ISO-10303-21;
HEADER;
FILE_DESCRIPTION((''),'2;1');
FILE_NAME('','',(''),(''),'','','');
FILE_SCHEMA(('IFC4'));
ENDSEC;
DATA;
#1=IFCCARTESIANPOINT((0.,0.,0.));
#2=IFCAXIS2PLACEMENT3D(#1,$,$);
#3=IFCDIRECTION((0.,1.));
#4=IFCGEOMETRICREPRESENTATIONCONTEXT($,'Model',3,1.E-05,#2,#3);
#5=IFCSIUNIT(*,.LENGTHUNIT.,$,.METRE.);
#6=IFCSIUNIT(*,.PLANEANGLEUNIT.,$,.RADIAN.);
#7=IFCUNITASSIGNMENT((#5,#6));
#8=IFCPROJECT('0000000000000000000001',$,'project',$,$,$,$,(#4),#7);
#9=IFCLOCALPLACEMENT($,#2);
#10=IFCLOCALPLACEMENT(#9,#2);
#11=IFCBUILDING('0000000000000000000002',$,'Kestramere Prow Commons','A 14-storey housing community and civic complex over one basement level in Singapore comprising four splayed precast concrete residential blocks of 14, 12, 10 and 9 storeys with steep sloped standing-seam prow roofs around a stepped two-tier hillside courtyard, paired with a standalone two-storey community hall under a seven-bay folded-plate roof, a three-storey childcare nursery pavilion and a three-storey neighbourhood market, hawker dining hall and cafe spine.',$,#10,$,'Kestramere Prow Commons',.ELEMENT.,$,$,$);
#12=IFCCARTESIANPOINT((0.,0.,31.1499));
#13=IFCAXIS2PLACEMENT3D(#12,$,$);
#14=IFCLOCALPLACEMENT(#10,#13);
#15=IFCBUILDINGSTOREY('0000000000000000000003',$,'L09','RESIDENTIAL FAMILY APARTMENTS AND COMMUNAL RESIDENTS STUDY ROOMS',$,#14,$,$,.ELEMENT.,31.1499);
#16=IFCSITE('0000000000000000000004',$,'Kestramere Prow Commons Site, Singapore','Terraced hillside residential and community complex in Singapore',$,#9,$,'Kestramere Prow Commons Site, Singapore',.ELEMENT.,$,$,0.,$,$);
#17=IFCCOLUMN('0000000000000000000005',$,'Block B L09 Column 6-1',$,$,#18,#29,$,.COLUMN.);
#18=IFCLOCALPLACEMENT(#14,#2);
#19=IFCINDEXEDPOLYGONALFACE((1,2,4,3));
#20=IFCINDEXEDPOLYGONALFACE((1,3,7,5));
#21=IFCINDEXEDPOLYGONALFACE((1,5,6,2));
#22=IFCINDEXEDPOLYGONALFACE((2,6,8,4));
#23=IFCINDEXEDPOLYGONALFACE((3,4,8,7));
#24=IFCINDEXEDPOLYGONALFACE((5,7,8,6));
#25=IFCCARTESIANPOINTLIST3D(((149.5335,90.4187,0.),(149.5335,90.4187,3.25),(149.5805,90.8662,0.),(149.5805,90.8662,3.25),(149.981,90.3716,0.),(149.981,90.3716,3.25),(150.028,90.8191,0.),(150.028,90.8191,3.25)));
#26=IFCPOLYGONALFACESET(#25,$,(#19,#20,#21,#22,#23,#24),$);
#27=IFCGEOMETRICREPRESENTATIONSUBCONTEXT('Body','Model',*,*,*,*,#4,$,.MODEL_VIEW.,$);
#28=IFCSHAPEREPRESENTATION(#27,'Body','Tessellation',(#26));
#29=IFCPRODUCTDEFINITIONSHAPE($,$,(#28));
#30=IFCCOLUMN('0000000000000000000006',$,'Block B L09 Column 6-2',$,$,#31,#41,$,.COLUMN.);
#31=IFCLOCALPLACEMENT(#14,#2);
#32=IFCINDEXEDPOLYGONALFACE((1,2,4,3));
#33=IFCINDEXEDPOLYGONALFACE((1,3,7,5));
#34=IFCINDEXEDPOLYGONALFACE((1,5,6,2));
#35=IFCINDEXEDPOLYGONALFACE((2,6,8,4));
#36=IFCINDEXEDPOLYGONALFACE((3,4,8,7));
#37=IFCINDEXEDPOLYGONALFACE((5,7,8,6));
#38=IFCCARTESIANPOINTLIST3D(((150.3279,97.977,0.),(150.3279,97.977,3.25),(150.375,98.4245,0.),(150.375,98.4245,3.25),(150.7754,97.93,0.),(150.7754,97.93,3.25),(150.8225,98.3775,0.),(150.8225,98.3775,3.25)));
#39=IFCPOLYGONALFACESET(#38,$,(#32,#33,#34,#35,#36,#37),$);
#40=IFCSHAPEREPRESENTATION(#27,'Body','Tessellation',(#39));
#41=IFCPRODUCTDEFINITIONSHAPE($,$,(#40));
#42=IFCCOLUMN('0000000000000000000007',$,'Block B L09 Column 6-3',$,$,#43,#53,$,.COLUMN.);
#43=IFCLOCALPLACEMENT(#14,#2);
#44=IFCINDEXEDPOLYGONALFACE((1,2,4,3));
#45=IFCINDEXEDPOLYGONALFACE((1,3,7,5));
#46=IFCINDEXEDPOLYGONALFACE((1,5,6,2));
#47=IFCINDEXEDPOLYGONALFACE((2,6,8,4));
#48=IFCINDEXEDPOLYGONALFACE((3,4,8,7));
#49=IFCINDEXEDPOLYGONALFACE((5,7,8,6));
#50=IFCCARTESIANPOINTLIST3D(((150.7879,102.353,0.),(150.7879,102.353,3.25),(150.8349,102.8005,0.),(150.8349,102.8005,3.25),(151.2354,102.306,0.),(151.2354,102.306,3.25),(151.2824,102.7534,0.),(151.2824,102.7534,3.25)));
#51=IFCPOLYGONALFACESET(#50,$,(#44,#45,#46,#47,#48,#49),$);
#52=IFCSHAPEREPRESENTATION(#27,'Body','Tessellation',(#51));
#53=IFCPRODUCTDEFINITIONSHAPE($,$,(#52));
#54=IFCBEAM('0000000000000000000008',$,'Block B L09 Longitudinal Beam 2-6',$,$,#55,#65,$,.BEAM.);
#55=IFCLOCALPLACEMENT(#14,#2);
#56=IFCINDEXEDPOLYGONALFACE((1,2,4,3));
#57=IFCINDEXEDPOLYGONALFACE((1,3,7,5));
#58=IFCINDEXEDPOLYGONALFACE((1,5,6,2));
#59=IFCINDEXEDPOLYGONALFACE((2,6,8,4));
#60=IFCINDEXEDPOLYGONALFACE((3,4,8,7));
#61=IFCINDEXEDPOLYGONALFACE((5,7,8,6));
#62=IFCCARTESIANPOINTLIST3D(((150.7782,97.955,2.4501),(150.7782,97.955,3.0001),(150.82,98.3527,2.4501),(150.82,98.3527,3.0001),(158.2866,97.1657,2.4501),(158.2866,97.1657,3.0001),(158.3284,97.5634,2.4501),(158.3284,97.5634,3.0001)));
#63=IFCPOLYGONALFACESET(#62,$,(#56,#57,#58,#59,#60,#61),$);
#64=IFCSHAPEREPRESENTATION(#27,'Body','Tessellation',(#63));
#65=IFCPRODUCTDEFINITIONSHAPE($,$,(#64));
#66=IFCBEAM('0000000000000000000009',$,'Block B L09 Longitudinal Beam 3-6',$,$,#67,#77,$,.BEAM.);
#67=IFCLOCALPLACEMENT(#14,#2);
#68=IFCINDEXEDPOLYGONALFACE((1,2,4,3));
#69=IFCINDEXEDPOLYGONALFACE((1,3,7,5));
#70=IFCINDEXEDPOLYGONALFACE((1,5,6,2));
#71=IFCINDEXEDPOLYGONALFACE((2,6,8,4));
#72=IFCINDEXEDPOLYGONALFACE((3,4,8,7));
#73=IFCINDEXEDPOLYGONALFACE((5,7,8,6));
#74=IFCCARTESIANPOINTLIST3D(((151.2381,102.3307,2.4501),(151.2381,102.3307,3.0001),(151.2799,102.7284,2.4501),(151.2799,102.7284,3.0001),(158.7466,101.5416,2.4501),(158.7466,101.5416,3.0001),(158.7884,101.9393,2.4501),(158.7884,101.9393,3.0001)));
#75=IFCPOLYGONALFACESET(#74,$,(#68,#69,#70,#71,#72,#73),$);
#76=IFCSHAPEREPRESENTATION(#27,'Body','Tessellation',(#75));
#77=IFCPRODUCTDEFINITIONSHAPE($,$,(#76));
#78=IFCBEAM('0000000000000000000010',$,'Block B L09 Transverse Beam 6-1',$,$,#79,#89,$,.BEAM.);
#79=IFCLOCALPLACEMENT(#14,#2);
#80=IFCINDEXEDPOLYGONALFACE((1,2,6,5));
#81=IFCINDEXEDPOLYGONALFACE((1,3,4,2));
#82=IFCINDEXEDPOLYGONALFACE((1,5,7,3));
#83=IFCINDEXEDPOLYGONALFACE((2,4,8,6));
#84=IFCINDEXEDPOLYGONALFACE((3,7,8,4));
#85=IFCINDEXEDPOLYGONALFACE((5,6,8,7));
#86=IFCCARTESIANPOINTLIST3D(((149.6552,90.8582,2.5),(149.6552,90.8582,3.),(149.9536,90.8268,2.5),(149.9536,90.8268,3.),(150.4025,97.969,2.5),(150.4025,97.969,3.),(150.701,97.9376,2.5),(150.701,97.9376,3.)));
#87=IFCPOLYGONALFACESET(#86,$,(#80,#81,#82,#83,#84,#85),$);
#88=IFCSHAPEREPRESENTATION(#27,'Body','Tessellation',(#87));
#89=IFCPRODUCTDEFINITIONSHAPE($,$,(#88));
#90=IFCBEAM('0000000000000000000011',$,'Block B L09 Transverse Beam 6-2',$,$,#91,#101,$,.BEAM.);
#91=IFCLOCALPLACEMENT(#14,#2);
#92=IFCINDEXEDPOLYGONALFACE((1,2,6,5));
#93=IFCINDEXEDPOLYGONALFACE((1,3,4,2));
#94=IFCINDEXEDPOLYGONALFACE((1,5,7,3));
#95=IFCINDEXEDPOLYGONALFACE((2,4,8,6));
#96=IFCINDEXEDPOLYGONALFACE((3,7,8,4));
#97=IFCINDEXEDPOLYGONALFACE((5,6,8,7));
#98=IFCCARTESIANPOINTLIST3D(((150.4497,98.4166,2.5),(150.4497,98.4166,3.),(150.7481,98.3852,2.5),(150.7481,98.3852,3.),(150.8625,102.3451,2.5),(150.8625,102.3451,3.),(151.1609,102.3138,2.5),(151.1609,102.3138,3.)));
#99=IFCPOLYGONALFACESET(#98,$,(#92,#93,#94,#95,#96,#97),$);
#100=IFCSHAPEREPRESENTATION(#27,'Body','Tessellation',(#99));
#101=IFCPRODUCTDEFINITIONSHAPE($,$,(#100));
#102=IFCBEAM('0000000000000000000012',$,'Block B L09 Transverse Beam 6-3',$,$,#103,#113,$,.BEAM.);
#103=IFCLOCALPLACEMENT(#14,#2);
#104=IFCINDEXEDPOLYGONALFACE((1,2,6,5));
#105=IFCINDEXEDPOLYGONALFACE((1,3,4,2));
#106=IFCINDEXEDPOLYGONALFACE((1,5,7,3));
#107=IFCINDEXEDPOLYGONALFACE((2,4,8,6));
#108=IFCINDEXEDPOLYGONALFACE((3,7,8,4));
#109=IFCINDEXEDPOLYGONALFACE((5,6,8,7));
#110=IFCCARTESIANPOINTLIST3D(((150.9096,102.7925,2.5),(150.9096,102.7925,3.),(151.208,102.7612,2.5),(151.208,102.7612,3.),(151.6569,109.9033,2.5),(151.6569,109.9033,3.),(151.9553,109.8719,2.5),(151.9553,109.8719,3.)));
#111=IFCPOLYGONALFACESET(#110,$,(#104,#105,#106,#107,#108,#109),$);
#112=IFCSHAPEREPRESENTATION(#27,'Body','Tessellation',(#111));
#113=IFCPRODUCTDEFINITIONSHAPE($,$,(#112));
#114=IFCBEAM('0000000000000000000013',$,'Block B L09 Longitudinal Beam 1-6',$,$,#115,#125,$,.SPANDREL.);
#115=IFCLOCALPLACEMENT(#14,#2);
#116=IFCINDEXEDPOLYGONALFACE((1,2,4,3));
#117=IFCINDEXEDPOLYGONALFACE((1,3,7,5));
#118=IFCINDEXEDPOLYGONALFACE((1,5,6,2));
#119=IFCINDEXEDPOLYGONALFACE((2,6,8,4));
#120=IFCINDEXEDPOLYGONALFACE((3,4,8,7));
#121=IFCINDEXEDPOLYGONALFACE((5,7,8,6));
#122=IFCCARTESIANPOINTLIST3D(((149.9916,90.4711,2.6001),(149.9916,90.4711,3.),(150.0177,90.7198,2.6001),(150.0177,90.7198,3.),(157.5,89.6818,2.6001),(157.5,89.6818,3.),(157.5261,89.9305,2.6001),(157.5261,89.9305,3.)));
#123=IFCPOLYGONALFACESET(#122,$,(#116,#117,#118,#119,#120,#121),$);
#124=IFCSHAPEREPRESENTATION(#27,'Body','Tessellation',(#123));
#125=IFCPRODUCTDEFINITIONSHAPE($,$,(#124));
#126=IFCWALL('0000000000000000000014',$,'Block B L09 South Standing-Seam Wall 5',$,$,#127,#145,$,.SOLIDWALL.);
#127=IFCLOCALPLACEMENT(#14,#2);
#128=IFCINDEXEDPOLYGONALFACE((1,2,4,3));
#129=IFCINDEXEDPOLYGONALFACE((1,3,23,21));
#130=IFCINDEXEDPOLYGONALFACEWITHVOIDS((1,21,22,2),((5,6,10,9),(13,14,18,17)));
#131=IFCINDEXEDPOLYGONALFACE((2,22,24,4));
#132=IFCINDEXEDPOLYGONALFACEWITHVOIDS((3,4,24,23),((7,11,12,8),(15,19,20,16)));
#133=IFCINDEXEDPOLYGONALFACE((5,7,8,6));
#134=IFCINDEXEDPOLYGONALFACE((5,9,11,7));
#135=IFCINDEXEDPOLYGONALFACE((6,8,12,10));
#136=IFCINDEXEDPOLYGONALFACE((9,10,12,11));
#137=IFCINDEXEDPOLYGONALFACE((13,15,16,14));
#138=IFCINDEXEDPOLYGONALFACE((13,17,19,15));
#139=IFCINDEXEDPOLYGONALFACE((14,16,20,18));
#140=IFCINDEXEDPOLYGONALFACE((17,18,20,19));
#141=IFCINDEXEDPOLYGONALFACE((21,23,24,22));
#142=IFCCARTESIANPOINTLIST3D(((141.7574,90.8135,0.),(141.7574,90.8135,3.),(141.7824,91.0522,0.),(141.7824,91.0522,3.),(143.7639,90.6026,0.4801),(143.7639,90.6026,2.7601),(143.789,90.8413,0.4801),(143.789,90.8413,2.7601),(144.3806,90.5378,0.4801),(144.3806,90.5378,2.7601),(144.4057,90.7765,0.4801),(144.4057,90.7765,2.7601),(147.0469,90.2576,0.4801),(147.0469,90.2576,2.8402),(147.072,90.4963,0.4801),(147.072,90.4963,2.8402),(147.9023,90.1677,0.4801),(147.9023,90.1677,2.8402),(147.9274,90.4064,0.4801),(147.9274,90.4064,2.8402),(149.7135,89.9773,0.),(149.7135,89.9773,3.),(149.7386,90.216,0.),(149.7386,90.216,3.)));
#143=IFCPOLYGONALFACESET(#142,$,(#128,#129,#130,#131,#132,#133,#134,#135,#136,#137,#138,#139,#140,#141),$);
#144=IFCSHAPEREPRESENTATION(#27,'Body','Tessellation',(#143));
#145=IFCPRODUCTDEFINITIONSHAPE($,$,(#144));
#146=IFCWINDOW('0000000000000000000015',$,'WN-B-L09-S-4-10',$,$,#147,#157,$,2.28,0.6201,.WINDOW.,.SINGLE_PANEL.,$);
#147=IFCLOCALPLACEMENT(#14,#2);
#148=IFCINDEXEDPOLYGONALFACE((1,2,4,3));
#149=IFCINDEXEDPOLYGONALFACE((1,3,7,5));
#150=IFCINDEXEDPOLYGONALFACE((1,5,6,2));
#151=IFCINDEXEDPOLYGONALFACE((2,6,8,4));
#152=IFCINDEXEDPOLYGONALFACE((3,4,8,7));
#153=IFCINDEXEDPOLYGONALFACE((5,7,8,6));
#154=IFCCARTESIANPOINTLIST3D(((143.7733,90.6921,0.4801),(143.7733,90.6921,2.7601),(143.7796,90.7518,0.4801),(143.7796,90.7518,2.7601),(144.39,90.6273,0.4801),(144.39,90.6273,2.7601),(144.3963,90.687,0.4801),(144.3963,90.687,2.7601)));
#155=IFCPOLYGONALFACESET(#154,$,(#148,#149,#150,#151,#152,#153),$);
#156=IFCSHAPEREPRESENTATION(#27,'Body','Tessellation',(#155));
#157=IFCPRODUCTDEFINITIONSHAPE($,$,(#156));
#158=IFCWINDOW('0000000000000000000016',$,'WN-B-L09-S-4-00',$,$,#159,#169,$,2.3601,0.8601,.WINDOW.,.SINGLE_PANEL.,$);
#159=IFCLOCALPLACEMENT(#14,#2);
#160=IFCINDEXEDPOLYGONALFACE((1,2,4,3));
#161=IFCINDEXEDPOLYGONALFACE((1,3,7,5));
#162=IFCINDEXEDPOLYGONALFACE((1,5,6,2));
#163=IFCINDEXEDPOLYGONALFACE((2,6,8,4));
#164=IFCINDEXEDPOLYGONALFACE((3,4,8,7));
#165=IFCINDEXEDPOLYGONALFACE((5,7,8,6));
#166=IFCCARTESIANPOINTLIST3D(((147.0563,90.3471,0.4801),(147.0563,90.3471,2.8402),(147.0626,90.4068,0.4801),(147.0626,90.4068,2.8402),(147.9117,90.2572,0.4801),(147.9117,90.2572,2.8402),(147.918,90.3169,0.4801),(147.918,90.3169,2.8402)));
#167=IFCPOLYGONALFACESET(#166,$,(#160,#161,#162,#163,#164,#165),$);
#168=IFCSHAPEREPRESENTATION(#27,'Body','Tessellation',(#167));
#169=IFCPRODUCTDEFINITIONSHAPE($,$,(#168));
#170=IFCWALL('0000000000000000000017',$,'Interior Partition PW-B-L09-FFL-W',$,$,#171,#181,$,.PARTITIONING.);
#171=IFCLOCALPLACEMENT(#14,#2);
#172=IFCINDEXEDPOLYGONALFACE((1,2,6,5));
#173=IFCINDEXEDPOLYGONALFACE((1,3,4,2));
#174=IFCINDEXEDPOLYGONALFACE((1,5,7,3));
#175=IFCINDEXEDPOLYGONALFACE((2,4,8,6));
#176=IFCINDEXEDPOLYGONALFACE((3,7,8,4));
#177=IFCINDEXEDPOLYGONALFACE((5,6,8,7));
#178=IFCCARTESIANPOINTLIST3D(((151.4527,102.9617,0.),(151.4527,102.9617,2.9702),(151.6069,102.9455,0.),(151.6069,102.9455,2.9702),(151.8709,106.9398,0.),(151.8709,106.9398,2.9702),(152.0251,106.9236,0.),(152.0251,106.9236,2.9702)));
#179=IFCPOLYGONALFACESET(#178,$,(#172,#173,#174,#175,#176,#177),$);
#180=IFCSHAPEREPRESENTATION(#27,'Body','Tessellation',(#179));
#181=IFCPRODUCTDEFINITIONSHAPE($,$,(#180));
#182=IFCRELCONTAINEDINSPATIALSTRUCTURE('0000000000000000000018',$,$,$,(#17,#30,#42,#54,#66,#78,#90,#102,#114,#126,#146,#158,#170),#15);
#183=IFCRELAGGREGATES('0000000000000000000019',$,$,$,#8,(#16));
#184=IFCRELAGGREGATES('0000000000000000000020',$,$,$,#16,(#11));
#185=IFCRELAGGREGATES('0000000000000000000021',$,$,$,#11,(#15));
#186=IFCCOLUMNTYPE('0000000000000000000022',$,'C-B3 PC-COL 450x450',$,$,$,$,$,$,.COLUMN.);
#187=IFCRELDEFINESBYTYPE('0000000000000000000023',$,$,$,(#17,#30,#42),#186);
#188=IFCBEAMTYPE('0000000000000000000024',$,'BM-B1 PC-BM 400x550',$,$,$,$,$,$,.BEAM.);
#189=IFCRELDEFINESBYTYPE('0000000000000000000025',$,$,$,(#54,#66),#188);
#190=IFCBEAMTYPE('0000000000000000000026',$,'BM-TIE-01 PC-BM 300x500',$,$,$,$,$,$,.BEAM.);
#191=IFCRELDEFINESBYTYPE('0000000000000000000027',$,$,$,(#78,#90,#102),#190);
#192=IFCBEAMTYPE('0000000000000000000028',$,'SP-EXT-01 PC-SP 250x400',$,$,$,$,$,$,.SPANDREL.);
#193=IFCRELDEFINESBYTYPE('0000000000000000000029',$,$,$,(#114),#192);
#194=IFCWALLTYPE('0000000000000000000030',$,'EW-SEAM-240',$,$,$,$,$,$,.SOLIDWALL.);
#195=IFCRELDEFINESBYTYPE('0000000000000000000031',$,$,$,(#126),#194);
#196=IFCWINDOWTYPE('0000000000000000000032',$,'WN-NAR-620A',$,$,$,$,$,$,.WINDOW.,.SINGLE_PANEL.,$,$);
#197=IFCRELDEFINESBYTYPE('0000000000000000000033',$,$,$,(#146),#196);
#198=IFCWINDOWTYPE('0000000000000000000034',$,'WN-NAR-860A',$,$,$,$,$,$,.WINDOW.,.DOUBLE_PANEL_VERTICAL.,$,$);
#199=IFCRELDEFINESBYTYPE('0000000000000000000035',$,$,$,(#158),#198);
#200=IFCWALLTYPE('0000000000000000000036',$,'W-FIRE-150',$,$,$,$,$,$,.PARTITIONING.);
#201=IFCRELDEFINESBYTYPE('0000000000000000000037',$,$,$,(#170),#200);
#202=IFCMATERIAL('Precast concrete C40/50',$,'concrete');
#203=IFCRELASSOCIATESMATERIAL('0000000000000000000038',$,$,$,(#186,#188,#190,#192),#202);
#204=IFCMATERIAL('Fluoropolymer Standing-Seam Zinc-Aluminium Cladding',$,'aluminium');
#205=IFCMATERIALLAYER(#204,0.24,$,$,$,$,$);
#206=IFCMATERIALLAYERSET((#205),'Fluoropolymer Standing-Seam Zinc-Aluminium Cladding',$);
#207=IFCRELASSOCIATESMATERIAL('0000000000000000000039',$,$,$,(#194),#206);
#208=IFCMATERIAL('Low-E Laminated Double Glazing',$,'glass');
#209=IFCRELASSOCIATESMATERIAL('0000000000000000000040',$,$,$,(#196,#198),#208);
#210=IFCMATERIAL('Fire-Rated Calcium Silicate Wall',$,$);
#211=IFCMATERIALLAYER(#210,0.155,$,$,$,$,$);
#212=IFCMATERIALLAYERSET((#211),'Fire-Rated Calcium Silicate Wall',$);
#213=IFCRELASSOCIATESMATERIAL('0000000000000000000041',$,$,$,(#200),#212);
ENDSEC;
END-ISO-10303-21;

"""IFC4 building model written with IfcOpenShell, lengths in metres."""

from ifc_helpers import new_model, si_unit, direction, frame, frame_2d, origin, origin_2d, place, context, subcontext, project, spatial, rectangle, extrude, material, layer, layer_set, material_profile, profile_set, type_object, element, fill, save


model = new_model("IFC4")

# Units and contexts
model_context = context("Model", 3, precision=1e-05, world=origin(), true_north=direction((0.0, 1.0)))
body_context = subcontext(model_context, "Body", "Model", "MODEL_VIEW")
ifc_project = project(units=[si_unit("LENGTHUNIT", "METRE"), si_unit("PLANEANGLEUNIT", "RADIAN")], contexts=[model_context])

# Site, building, storey
site_placement = place(None, origin())
site = spatial("IfcSite", under=ifc_project, at=site_placement, Name="Kestramere Prow Commons Site, Singapore", Description="Terraced hillside residential and community complex in Singapore", LongName="Kestramere Prow Commons Site, Singapore", CompositionType="ELEMENT", RefElevation=0.0)
building_placement = place(site_placement, origin())
building = spatial("IfcBuilding", under=site, at=building_placement, Name="Kestramere Prow Commons", Description="A 14-storey housing community and civic complex over one basement level in Singapore comprising four splayed precast concrete residential blocks of 14, 12, 10 and 9 storeys with steep sloped standing-seam prow roofs around a stepped two-tier hillside courtyard, paired with a standalone two-storey community hall under a seven-bay folded-plate roof, a three-storey childcare nursery pavilion and a three-storey neighbourhood market, hawker dining hall and cafe spine.", LongName="Kestramere Prow Commons", CompositionType="ELEMENT")
storey_placement = place(building_placement, frame((0.0, 0.0, 31.1499)))
storey = spatial("IfcBuildingStorey", under=building, at=storey_placement, Name="L09", Description="RESIDENTIAL FAMILY APARTMENTS AND COMMUNAL RESIDENTS STUDY ROOMS", CompositionType="ELEMENT", Elevation=31.1499)

# Columns
ifc_material_1 = material(Name="Precast concrete C40/50", Category="concrete")
ifc_material_profile_1 = material_profile(ifc_material_1, rectangle(XDim=0.45, YDim=0.45, at=origin_2d()), Name="PC-COL 450x450")
ifc_profile_set_1 = profile_set([ifc_material_profile_1], Name="Precast concrete C40/50")
column_type = type_object("IfcColumnType", Name="C-B3 PC-COL 450x450", PredefinedType="COLUMN", material=ifc_profile_set_1)
for number, where, z_axis, x_axis, name in (
    (1, (149.7808, 90.6189, 0.0), (0.0, 0.0, 1.0), (0.994522, -0.104528, 0.0), "Block B L09 Column 6-1"),
    (2, (150.5752, 98.1772, 0.0), (0.0, 0.0, 1.0), (0.994522, -0.104528, 0.0), "Block B L09 Column 6-2"),
    (3, (151.0352, 102.5532, 0.0), (0.0, 0.0, 1.0), (0.994522, -0.104528, 0.0), "Block B L09 Column 6-3"),
):
    element("IfcColumn", number, at=place(storey_placement, frame(where, z_axis=z_axis, x_axis=x_axis)), inside=storey, type_object=column_type, Name=name, PredefinedType="COLUMN", context=body_context, shape_type="SweptSolid", body=[
        extrude(rectangle(XDim=0.45, YDim=0.45, at=origin_2d()), origin(), (0.0, 0.0, 1.0), 3.25),
    ])

# Beams
ifc_material_profile_2 = material_profile(ifc_material_1, rectangle(XDim=0.3999, YDim=0.55, at=origin_2d()), Name="PC-BM 400x550")
ifc_profile_set_2 = profile_set([ifc_material_profile_2], Name="Precast concrete C40/50")
beam_type_1 = type_object("IfcBeamType", Name="BM-B1 PC-BM 400x550", PredefinedType="BEAM", material=ifc_profile_set_2)
for number, where, z_axis, x_axis, name in (
    (4, (150.7991, 98.1538, 2.7251), (0.99452, -0.104545, 0.0), (0.104545, 0.99452, 0.0), "Block B L09 Longitudinal Beam 2-6"),
    (5, (151.259, 102.5295, 2.7251), (0.994524, -0.104513, 0.0), (0.104513, 0.994524, 0.0), "Block B L09 Longitudinal Beam 3-6"),
):
    element("IfcBeam", number, at=place(storey_placement, frame(where, z_axis=z_axis, x_axis=x_axis)), inside=storey, type_object=beam_type_1, Name=name, PredefinedType="BEAM", context=body_context, shape_type="SweptSolid", body=[
        extrude(rectangle(XDim=0.3999, YDim=0.55, at=origin_2d()), origin(), (0.0, 0.0, 1.0), 7.5498),
    ])
ifc_material_profile_3 = material_profile(ifc_material_1, rectangle(XDim=0.3, YDim=0.5, at=origin_2d()), Name="PC-BM 300x500")
ifc_profile_set_3 = profile_set([ifc_material_profile_3], Name="Precast concrete C40/50")
beam_type_2 = type_object("IfcBeamType", Name="BM-TIE-01 PC-BM 300x500", PredefinedType="BEAM", material=ifc_profile_set_3)
beam_1_placement = place(storey_placement, frame((149.8044, 90.8425, 2.75), z_axis=(0.104519, 0.994523, 0.0), x_axis=(-0.994523, 0.104519, 0.0)))
element("IfcBeam", 6, at=beam_1_placement, inside=storey, type_object=beam_type_2, Name="Block B L09 Transverse Beam 6-1", PredefinedType="BEAM", context=body_context, shape_type="SweptSolid", body=[
    extrude(rectangle(XDim=0.3, YDim=0.5, at=origin_2d()), origin(), (0.0, 0.0, 1.0), 7.1499),
])
beam_2_placement = place(storey_placement, frame((150.5989, 98.4009, 2.75), z_axis=(0.104514, 0.994523, 0.0), x_axis=(-0.994523, 0.104514, 0.0)))
element("IfcBeam", 7, at=beam_2_placement, inside=storey, type_object=beam_type_2, Name="Block B L09 Transverse Beam 6-2", PredefinedType="BEAM", context=body_context, shape_type="SweptSolid", body=[
    extrude(rectangle(XDim=0.3, YDim=0.5, at=origin_2d()), origin(), (0.0, 0.0, 1.0), 3.9502),
])
beam_3_placement = place(storey_placement, frame((151.0588, 102.7769, 2.75), z_axis=(0.104519, 0.994523, 0.0), x_axis=(-0.994523, 0.104519, 0.0)))
element("IfcBeam", 8, at=beam_3_placement, inside=storey, type_object=beam_type_2, Name="Block B L09 Transverse Beam 6-3", PredefinedType="BEAM", context=body_context, shape_type="SweptSolid", body=[
    extrude(rectangle(XDim=0.3, YDim=0.5, at=origin_2d()), origin(), (0.0, 0.0, 1.0), 7.1499),
])
ifc_material_profile_4 = material_profile(ifc_material_1, rectangle(XDim=0.25, YDim=0.3999, at=origin_2d()), Name="PC-SP 250x400")
ifc_profile_set_4 = profile_set([ifc_material_profile_4], Name="Precast concrete C40/50")
beam_type_3 = type_object("IfcBeamType", Name="SP-EXT-01 PC-SP 250x400", PredefinedType="SPANDREL", material=ifc_profile_set_4)
beam_4_placement = place(storey_placement, frame((150.0046, 90.5955, 2.8), z_axis=(0.99452, -0.104545, 0.0), x_axis=(0.104545, 0.99452, 0.0)))
element("IfcBeam", 9, at=beam_4_placement, inside=storey, type_object=beam_type_3, Name="Block B L09 Longitudinal Beam 1-6", PredefinedType="SPANDREL", context=body_context, shape_type="SweptSolid", body=[
    extrude(rectangle(XDim=0.25, YDim=0.3999, at=origin_2d()), origin(), (0.0, 0.0, 1.0), 7.5498),
])

# Wall, openings, windows
ifc_material_2 = material(Name="Fluoropolymer Standing-Seam Zinc-Aluminium Cladding", Category="aluminium")
ifc_layer_1 = layer(ifc_material_2, 0.24)
ifc_layer_set_1 = layer_set([ifc_layer_1], Name="Fluoropolymer Standing-Seam Zinc-Aluminium Cladding")
wall_type_1 = type_object("IfcWallType", Name="EW-SEAM-240", PredefinedType="SOLIDWALL", material=ifc_layer_set_1)
wall_1_placement = place(storey_placement, frame((149.7261, 90.0967, 0.0), z_axis=(0.0, 0.0, 1.0), x_axis=(-0.994523, 0.104521, 0.0)))
wall_1 = element("IfcWall", 10, at=wall_1_placement, inside=storey, type_object=wall_type_1, Name="Block B L09 South Standing-Seam Wall 5", PredefinedType="SOLIDWALL", context=body_context, shape_type="SweptSolid", body=[
    extrude(rectangle(XDim=8.0, YDim=0.24, at=frame_2d((4.0, 0.0))), origin(), (0.0, 0.0, 1.0), 3.0),
])
opening_1_placement = place(wall_1_placement, frame((1.821, 0.0, 0.48)))
opening_1 = element("IfcOpeningElement", 11, at=opening_1_placement, cuts=wall_1, PredefinedType="OPENING", context=body_context, shape_type="SweptSolid", body=[
    extrude(rectangle(XDim=0.8601, YDim=2.3601, at=frame_2d((0.4302, 1.1802))), frame((0.0, 0.135, 0.0), z_axis=(0.0, -1.0, 0.0), x_axis=(1.0, 0.0, 0.0)), (0.0, 0.0, 1.0), 0.27),
])
opening_2_placement = place(wall_1_placement, frame((5.3623, 0.0, 0.48)))
opening_2 = element("IfcOpeningElement", 12, at=opening_2_placement, cuts=wall_1, PredefinedType="OPENING", context=body_context, shape_type="SweptSolid", body=[
    extrude(rectangle(XDim=0.6201, YDim=2.28, at=frame_2d((0.3101, 1.1401))), frame((0.0, 0.135, 0.0), z_axis=(0.0, -1.0, 0.0), x_axis=(1.0, 0.0, 0.0)), (0.0, 0.0, 1.0), 0.27),
])
ifc_material_3 = material(Name="Low-E Laminated Double Glazing", Category="glass")
window_type_1 = type_object("IfcWindowType", Name="WN-NAR-620A", PartitioningType="SINGLE_PANEL", PredefinedType="WINDOW", material=ifc_material_3)
window_1_placement = place(opening_2_placement, origin())
window_1 = element("IfcWindow", 13, at=window_1_placement, inside=storey, type_object=window_type_1, Name="WN-B-L09-S-4-10", OverallHeight=2.28, OverallWidth=0.6201, PartitioningType="SINGLE_PANEL", PredefinedType="WINDOW", context=body_context, shape_type="SweptSolid", body=[
    extrude(rectangle(XDim=0.6201, YDim=2.28, at=frame_2d((0.3101, 1.1401))), frame((0.0, 0.03, 0.0), z_axis=(0.0, -1.0, 0.0), x_axis=(1.0, 0.0, 0.0)), (0.0, 0.0, 1.0), 0.0601),
])
fill(opening_2, window_1)
window_type_2 = type_object("IfcWindowType", Name="WN-NAR-860A", PartitioningType="DOUBLE_PANEL_VERTICAL", PredefinedType="WINDOW", material=ifc_material_3)
window_2_placement = place(opening_1_placement, origin())
window_2 = element("IfcWindow", 14, at=window_2_placement, inside=storey, type_object=window_type_2, Name="WN-B-L09-S-4-00", OverallHeight=2.3601, OverallWidth=0.8601, PartitioningType="SINGLE_PANEL", PredefinedType="WINDOW", context=body_context, shape_type="SweptSolid", body=[
    extrude(rectangle(XDim=0.8601, YDim=2.3601, at=frame_2d((0.4302, 1.1802))), frame((0.0, 0.03, 0.0), z_axis=(0.0, -1.0, 0.0), x_axis=(1.0, 0.0, 0.0)), (0.0, 0.0, 1.0), 0.0601),
])
fill(opening_1, window_2)

# Shared definitions
ifc_material_4 = material(Name="Fire-Rated Calcium Silicate Wall")
ifc_layer_2 = layer(ifc_material_4, 0.155)
ifc_layer_set_2 = layer_set([ifc_layer_2], Name="Fire-Rated Calcium Silicate Wall")
wall_type_2 = type_object("IfcWallType", Name="W-FIRE-150", PredefinedType="PARTITIONING", material=ifc_layer_set_2)

# Wall
wall_2_placement = place(storey_placement, frame((151.5298, 102.9536, 0.0), z_axis=(0.0, 0.0, 1.0), x_axis=(0.104555, 0.994519, 0.0)))
element("IfcWall", 15, at=wall_2_placement, inside=storey, type_object=wall_type_2, Name="Interior Partition PW-B-L09-FFL-W", PredefinedType="PARTITIONING", context=body_context, shape_type="SweptSolid", body=[
    extrude(rectangle(XDim=4.0, YDim=0.155, at=frame_2d((2.0, 0.0))), origin(), (0.0, 0.0, 1.0), 2.9702),
])

save(model, "model.ifc")
